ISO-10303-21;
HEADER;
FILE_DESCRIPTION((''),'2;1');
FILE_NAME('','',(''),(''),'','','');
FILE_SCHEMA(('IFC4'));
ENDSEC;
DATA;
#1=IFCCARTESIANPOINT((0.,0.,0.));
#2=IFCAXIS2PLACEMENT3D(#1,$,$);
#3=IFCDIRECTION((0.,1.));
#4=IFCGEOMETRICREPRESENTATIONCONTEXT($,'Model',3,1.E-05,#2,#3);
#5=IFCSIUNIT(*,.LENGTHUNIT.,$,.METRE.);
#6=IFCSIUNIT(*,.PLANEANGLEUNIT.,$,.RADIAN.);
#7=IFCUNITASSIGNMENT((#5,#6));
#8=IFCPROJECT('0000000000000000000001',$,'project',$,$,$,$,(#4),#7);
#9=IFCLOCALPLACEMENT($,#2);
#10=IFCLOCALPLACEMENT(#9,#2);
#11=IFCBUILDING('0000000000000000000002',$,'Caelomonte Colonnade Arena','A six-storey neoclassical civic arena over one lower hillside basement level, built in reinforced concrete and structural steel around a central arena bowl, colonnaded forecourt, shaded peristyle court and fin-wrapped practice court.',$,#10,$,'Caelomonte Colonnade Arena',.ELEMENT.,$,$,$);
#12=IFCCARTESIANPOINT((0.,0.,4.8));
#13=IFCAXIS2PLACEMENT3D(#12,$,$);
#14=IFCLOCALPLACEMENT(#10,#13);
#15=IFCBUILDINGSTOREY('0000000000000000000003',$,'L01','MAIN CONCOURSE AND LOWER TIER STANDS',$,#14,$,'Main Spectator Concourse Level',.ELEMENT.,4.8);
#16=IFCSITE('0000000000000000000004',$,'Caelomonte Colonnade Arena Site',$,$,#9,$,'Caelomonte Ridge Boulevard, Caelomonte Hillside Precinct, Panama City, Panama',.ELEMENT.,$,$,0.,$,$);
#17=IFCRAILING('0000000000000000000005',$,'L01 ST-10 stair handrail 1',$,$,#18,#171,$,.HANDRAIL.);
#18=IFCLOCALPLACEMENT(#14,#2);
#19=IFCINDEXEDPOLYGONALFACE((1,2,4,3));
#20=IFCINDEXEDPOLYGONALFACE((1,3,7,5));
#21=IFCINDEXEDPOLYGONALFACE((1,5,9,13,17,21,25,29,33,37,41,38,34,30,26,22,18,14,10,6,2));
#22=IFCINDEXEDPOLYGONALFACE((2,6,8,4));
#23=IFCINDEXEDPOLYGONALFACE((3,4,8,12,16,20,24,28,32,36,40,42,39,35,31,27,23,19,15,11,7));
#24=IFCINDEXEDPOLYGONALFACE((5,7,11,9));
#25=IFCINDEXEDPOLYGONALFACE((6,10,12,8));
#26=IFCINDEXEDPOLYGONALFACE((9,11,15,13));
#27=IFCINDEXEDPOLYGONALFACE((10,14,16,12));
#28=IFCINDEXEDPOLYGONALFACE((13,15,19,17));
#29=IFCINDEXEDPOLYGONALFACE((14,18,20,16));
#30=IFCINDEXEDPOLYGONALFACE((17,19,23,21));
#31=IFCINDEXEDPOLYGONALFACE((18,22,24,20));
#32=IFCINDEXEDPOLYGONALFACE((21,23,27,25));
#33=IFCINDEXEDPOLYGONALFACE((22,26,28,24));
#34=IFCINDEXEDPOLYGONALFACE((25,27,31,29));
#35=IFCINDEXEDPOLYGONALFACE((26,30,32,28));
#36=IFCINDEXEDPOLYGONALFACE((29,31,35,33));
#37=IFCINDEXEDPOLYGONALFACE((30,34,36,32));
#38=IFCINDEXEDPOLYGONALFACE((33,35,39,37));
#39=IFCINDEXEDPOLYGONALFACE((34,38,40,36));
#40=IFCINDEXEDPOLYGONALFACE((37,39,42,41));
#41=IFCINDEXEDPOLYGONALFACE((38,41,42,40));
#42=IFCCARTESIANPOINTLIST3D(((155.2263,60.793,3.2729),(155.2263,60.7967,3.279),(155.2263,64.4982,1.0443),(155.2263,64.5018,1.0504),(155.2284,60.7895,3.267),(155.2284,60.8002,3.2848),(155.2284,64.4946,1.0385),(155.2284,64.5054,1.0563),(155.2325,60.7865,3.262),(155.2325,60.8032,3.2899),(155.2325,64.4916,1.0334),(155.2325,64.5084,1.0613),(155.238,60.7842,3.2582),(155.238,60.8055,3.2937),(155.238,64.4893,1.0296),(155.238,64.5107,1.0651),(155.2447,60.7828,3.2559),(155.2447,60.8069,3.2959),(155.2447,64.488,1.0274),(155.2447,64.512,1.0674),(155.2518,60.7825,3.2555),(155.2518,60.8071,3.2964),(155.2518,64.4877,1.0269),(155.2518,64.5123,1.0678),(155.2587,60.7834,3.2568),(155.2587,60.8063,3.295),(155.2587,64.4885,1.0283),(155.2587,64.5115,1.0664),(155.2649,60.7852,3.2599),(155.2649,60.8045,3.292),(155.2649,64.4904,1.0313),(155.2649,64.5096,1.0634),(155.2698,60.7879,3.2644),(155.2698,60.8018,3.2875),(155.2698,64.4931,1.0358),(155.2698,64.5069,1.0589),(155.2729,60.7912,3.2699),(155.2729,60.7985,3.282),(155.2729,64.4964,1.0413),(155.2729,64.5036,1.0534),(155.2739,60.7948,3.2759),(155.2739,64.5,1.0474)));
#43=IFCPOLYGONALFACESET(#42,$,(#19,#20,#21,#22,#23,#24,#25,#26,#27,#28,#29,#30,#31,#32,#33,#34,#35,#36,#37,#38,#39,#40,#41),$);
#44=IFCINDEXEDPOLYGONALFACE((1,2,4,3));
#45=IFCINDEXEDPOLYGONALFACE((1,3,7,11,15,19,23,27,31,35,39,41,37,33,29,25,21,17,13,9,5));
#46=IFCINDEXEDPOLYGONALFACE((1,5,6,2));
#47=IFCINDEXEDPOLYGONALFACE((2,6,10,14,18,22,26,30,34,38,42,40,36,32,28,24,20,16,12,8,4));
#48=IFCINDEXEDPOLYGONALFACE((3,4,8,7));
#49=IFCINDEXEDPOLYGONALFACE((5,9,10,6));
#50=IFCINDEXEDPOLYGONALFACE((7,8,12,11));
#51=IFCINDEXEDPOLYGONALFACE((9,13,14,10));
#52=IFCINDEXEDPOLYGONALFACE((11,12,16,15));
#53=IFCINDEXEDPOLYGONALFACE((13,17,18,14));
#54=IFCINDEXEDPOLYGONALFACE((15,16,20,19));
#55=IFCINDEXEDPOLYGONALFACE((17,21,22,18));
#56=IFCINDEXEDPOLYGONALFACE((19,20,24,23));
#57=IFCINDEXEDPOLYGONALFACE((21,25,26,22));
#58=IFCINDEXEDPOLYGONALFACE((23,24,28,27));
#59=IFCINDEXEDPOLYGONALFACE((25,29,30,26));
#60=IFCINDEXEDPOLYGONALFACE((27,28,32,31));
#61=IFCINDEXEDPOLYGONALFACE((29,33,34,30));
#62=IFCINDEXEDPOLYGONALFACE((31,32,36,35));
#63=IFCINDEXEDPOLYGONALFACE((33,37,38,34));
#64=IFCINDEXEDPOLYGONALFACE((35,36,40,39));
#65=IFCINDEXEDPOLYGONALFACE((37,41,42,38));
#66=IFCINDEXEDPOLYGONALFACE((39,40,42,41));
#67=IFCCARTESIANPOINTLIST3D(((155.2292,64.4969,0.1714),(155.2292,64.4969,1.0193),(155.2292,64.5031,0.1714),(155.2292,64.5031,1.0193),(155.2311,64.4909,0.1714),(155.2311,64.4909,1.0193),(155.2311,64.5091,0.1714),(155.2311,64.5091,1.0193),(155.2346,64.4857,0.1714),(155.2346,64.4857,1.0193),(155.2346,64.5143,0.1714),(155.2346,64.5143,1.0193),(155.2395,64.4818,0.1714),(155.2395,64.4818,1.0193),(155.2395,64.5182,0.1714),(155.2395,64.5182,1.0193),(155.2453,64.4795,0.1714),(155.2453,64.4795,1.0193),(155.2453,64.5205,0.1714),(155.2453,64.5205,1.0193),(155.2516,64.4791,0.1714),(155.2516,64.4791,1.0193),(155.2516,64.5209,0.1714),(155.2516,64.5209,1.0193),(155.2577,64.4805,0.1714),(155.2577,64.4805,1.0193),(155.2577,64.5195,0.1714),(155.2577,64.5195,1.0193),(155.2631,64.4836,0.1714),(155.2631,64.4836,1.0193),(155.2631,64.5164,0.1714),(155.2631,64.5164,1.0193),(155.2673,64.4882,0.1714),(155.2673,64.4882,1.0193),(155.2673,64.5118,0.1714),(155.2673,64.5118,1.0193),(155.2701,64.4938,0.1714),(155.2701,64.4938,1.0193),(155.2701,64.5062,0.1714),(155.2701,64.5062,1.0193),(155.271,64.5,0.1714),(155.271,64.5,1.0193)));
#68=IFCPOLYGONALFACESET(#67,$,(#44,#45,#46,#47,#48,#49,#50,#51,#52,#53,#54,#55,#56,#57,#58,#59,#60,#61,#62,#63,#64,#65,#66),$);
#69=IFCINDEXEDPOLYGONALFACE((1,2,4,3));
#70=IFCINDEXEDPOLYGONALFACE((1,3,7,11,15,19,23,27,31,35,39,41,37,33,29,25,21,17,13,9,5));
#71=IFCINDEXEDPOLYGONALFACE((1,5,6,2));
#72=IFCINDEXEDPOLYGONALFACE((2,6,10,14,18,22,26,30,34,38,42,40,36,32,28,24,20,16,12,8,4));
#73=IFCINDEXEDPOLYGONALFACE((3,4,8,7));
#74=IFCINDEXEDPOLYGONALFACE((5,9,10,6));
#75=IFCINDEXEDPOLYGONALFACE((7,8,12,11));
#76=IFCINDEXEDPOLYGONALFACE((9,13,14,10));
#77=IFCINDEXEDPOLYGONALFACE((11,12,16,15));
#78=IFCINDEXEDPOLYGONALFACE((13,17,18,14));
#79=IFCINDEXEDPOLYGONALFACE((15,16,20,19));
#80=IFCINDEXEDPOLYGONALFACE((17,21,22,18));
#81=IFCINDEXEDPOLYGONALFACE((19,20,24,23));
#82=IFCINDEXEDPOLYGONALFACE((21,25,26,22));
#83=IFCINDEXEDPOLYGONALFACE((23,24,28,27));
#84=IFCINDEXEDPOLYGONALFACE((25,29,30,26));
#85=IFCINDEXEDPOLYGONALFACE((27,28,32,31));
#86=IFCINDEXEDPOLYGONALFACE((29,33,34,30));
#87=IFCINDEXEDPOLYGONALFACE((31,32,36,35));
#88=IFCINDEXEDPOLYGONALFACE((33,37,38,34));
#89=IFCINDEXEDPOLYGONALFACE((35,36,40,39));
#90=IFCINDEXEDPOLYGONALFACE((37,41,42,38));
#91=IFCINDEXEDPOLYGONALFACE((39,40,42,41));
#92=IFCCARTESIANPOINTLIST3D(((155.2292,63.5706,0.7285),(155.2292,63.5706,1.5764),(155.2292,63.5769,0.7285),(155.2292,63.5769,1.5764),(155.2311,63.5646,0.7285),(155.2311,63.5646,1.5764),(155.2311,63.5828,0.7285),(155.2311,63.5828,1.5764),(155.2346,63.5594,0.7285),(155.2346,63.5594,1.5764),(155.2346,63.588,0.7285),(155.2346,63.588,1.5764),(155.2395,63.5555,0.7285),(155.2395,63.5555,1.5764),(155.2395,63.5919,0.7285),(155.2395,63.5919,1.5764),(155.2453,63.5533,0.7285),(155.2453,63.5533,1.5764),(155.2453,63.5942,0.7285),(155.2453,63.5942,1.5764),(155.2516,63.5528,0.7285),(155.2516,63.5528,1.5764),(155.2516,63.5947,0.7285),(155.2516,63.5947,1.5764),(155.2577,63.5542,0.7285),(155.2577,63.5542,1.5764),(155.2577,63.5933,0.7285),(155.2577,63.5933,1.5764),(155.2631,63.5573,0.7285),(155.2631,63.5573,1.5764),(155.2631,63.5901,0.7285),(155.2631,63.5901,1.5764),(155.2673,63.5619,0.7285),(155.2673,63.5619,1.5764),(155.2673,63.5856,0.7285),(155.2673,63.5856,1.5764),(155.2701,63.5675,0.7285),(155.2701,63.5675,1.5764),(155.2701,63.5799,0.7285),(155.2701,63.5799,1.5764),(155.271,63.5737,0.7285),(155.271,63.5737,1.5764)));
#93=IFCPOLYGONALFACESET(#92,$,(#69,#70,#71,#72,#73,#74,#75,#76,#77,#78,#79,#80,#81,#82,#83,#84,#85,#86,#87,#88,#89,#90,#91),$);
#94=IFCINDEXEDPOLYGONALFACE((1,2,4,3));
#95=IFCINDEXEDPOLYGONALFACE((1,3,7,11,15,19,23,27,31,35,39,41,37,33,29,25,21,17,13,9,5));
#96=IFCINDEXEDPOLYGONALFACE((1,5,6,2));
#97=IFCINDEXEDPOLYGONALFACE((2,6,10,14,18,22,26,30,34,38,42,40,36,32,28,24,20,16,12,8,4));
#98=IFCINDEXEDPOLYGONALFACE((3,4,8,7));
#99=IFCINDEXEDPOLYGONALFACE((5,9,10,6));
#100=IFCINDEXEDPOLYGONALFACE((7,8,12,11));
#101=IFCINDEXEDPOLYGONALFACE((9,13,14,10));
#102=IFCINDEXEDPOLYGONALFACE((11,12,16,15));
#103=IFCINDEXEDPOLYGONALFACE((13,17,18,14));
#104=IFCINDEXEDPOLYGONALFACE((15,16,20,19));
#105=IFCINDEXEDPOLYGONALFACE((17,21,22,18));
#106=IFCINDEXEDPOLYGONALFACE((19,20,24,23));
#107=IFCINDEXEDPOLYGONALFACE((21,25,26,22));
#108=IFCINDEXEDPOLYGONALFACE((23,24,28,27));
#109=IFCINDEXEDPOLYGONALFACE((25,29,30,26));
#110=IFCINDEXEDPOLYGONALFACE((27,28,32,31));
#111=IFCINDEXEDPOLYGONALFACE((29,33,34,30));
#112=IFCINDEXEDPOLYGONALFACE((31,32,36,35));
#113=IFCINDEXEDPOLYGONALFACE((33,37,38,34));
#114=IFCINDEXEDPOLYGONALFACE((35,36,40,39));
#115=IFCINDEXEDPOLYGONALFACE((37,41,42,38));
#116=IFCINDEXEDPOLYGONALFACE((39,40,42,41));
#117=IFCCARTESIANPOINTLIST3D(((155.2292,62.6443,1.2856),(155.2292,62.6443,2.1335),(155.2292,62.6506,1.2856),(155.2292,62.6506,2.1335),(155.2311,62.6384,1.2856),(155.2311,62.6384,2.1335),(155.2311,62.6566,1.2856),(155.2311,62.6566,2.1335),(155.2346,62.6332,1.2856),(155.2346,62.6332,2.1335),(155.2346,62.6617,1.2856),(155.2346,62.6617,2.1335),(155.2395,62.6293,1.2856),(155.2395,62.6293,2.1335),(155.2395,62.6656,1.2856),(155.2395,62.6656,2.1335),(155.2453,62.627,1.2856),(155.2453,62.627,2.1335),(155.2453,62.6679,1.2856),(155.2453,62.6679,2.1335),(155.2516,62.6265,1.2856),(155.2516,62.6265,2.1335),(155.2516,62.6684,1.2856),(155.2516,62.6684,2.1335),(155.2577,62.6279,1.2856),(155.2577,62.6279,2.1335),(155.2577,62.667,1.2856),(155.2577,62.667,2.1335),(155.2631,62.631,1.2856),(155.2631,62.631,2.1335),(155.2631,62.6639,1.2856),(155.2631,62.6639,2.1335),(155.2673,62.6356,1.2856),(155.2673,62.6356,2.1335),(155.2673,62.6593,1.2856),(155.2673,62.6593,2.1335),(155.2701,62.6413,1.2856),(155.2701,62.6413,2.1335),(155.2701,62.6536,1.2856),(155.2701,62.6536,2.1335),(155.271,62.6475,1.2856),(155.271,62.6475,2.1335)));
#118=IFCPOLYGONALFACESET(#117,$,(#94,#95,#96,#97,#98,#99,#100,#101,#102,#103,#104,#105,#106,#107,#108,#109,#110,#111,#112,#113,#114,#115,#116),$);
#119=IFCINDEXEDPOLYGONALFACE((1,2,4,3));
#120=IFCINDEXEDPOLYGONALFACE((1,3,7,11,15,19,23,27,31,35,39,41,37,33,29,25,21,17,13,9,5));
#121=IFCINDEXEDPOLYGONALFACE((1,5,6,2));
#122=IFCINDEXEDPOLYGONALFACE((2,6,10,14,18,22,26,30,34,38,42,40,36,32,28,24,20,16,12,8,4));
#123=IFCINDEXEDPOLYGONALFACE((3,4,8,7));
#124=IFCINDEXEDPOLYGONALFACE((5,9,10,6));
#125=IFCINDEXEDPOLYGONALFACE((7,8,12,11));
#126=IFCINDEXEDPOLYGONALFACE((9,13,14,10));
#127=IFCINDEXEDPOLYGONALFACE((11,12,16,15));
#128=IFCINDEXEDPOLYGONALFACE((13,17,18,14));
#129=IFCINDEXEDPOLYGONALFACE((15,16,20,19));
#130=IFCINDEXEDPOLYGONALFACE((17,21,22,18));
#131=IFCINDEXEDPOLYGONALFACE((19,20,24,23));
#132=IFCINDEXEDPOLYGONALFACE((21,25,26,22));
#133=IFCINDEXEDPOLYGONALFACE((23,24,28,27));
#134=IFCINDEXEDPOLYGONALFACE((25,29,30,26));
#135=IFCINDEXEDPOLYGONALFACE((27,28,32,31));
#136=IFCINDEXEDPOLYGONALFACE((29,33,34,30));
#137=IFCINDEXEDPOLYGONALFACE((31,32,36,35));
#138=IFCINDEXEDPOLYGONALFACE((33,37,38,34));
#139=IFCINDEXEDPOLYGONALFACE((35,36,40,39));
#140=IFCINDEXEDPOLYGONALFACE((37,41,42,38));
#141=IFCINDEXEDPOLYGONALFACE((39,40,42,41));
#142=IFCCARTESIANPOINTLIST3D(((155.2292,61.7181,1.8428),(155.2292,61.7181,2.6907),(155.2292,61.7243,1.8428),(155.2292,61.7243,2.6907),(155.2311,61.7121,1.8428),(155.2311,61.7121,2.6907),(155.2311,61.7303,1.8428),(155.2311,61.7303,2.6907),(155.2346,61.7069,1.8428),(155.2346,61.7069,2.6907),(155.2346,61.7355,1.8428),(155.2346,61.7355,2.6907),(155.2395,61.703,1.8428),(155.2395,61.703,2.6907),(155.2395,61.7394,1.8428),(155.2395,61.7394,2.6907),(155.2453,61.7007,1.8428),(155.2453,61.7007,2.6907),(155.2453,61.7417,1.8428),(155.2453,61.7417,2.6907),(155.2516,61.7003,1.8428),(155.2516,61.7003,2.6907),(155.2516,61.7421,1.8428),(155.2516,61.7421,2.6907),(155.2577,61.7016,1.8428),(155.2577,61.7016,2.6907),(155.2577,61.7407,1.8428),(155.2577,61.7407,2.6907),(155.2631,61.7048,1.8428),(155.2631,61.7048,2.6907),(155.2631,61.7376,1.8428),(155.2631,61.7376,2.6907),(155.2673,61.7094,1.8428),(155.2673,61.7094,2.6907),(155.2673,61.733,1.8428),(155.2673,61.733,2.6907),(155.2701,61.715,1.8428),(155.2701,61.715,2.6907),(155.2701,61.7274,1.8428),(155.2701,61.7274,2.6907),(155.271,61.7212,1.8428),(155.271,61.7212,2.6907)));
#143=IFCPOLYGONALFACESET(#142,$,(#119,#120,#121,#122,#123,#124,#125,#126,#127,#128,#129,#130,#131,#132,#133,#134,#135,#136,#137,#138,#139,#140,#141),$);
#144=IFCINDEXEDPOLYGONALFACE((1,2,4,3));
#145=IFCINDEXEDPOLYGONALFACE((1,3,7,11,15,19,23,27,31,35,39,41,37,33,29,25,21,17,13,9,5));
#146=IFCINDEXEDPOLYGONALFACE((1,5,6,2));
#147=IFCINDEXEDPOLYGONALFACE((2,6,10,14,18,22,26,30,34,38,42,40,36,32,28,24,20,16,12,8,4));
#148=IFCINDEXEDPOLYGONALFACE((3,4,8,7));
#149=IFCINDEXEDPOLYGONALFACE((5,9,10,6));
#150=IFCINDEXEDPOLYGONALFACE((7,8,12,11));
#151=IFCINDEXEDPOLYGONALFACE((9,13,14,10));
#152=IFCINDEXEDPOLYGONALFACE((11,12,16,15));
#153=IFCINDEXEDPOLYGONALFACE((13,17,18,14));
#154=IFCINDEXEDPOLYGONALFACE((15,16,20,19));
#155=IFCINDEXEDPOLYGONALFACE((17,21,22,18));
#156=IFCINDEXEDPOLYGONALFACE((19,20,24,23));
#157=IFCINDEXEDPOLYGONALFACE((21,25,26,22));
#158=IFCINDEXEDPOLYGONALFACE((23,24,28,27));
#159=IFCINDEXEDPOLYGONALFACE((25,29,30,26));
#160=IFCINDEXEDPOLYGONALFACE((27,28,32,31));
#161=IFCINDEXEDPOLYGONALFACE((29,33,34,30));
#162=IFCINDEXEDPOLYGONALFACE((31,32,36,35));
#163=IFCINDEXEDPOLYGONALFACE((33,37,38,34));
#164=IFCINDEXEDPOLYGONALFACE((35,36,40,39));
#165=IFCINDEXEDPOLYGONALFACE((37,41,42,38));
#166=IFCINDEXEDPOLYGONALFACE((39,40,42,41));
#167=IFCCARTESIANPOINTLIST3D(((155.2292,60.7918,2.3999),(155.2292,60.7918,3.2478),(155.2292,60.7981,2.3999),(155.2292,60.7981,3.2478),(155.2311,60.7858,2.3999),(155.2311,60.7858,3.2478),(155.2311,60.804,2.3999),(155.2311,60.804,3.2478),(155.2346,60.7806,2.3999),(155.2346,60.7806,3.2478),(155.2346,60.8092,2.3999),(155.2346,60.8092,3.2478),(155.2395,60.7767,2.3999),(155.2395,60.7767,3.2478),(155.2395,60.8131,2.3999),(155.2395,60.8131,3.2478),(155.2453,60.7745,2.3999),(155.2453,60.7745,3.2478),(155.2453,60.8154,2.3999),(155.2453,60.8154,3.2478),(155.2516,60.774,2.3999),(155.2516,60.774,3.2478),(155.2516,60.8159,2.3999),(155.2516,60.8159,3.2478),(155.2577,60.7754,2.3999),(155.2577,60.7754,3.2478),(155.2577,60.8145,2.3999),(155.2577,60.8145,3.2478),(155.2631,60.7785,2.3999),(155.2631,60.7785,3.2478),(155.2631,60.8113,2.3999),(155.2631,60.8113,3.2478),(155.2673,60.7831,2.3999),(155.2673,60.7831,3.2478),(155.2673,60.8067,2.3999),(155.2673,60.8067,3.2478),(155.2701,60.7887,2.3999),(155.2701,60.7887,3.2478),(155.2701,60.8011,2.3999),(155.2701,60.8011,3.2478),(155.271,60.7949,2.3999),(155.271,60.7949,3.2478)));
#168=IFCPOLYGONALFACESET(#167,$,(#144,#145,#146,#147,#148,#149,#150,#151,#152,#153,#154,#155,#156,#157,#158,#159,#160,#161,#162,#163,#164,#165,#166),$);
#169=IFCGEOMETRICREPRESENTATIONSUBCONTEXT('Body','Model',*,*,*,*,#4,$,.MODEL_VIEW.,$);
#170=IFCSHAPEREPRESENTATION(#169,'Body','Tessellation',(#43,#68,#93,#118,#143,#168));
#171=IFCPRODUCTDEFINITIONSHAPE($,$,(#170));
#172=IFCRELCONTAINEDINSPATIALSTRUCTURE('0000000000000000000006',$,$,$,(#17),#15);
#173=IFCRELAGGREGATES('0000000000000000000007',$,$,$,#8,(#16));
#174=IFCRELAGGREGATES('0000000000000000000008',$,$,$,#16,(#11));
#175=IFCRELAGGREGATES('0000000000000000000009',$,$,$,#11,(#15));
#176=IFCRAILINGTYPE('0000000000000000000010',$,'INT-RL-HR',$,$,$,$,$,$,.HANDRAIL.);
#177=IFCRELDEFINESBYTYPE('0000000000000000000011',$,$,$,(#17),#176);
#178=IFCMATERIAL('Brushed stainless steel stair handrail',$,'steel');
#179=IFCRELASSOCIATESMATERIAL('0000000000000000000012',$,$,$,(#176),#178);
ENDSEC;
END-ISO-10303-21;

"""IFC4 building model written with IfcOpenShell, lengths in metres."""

from ifc_helpers import new_model, si_unit, direction, frame, origin, origin_2d, place, context, subcontext, project, spatial, circle, extrude, material, type_object, element, save


model = new_model("IFC4")

# Units and contexts
model_context = context("Model", 3, precision=1e-05, world=origin(), true_north=direction((0.0, 1.0)))
body_context = subcontext(model_context, "Body", "Model", "MODEL_VIEW")
ifc_project = project(units=[si_unit("LENGTHUNIT", "METRE"), si_unit("PLANEANGLEUNIT", "RADIAN")], contexts=[model_context])

# Site, building, storey
site_placement = place(None, origin())
site = spatial("IfcSite", under=ifc_project, at=site_placement, Name="Caelomonte Colonnade Arena Site", LongName="Caelomonte Ridge Boulevard, Caelomonte Hillside Precinct, Panama City, Panama", CompositionType="ELEMENT", RefElevation=0.0)
building_placement = place(site_placement, origin())
building = spatial("IfcBuilding", under=site, at=building_placement, Name="Caelomonte Colonnade Arena", Description="A six-storey neoclassical civic arena over one lower hillside basement level, built in reinforced concrete and structural steel around a central arena bowl, colonnaded forecourt, shaded peristyle court and fin-wrapped practice court.", LongName="Caelomonte Colonnade Arena", CompositionType="ELEMENT")
storey_placement = place(building_placement, frame((0.0, 0.0, 4.8)))
storey = spatial("IfcBuildingStorey", under=building, at=storey_placement, Name="L01", Description="MAIN CONCOURSE AND LOWER TIER STANDS", LongName="Main Spectator Concourse Level", CompositionType="ELEMENT", Elevation=4.8)

# Railing
ifc_material_1 = material(Name="Brushed stainless steel stair handrail", Category="steel")
railing_type_1 = type_object("IfcRailingType", Name="INT-RL-HR", PredefinedType="HANDRAIL", material=ifc_material_1)
railing_1_placement = place(storey_placement, frame((155.25, 64.5, 0.1714)))
element("IfcRailing", 1, at=railing_1_placement, inside=storey, type_object=railing_type_1, Name="L01 ST-10 stair handrail 1", PredefinedType="HANDRAIL", context=body_context, shape_type="SweptSolid", body=[
    extrude(circle(Radius=0.0239, at=origin_2d()), frame((0.0, 0.0, 0.876), z_axis=(0.0, -0.856934, 0.515425), x_axis=(1.0, 0.0, 0.0)), (0.0, 0.0, 1.0), 4.3237),
    extrude(circle(Radius=0.021, at=origin_2d()), origin(), (0.0, 0.0, 1.0), 0.8479),
    extrude(circle(Radius=0.021, at=origin_2d()), frame((0.0, -0.9263, 0.5571)), (0.0, 0.0, 1.0), 0.8479),
    extrude(circle(Radius=0.021, at=origin_2d()), frame((0.0, -1.8525, 1.1143)), (0.0, 0.0, 1.0), 0.8479),
    extrude(circle(Radius=0.021, at=origin_2d()), frame((0.0, -2.7788, 1.6714)), (0.0, 0.0, 1.0), 0.8479),
    extrude(circle(Radius=0.021, at=origin_2d()), frame((0.0, -3.7051, 2.2285)), (0.0, 0.0, 1.0), 0.8479),
])

save(model, "model.ifc")
